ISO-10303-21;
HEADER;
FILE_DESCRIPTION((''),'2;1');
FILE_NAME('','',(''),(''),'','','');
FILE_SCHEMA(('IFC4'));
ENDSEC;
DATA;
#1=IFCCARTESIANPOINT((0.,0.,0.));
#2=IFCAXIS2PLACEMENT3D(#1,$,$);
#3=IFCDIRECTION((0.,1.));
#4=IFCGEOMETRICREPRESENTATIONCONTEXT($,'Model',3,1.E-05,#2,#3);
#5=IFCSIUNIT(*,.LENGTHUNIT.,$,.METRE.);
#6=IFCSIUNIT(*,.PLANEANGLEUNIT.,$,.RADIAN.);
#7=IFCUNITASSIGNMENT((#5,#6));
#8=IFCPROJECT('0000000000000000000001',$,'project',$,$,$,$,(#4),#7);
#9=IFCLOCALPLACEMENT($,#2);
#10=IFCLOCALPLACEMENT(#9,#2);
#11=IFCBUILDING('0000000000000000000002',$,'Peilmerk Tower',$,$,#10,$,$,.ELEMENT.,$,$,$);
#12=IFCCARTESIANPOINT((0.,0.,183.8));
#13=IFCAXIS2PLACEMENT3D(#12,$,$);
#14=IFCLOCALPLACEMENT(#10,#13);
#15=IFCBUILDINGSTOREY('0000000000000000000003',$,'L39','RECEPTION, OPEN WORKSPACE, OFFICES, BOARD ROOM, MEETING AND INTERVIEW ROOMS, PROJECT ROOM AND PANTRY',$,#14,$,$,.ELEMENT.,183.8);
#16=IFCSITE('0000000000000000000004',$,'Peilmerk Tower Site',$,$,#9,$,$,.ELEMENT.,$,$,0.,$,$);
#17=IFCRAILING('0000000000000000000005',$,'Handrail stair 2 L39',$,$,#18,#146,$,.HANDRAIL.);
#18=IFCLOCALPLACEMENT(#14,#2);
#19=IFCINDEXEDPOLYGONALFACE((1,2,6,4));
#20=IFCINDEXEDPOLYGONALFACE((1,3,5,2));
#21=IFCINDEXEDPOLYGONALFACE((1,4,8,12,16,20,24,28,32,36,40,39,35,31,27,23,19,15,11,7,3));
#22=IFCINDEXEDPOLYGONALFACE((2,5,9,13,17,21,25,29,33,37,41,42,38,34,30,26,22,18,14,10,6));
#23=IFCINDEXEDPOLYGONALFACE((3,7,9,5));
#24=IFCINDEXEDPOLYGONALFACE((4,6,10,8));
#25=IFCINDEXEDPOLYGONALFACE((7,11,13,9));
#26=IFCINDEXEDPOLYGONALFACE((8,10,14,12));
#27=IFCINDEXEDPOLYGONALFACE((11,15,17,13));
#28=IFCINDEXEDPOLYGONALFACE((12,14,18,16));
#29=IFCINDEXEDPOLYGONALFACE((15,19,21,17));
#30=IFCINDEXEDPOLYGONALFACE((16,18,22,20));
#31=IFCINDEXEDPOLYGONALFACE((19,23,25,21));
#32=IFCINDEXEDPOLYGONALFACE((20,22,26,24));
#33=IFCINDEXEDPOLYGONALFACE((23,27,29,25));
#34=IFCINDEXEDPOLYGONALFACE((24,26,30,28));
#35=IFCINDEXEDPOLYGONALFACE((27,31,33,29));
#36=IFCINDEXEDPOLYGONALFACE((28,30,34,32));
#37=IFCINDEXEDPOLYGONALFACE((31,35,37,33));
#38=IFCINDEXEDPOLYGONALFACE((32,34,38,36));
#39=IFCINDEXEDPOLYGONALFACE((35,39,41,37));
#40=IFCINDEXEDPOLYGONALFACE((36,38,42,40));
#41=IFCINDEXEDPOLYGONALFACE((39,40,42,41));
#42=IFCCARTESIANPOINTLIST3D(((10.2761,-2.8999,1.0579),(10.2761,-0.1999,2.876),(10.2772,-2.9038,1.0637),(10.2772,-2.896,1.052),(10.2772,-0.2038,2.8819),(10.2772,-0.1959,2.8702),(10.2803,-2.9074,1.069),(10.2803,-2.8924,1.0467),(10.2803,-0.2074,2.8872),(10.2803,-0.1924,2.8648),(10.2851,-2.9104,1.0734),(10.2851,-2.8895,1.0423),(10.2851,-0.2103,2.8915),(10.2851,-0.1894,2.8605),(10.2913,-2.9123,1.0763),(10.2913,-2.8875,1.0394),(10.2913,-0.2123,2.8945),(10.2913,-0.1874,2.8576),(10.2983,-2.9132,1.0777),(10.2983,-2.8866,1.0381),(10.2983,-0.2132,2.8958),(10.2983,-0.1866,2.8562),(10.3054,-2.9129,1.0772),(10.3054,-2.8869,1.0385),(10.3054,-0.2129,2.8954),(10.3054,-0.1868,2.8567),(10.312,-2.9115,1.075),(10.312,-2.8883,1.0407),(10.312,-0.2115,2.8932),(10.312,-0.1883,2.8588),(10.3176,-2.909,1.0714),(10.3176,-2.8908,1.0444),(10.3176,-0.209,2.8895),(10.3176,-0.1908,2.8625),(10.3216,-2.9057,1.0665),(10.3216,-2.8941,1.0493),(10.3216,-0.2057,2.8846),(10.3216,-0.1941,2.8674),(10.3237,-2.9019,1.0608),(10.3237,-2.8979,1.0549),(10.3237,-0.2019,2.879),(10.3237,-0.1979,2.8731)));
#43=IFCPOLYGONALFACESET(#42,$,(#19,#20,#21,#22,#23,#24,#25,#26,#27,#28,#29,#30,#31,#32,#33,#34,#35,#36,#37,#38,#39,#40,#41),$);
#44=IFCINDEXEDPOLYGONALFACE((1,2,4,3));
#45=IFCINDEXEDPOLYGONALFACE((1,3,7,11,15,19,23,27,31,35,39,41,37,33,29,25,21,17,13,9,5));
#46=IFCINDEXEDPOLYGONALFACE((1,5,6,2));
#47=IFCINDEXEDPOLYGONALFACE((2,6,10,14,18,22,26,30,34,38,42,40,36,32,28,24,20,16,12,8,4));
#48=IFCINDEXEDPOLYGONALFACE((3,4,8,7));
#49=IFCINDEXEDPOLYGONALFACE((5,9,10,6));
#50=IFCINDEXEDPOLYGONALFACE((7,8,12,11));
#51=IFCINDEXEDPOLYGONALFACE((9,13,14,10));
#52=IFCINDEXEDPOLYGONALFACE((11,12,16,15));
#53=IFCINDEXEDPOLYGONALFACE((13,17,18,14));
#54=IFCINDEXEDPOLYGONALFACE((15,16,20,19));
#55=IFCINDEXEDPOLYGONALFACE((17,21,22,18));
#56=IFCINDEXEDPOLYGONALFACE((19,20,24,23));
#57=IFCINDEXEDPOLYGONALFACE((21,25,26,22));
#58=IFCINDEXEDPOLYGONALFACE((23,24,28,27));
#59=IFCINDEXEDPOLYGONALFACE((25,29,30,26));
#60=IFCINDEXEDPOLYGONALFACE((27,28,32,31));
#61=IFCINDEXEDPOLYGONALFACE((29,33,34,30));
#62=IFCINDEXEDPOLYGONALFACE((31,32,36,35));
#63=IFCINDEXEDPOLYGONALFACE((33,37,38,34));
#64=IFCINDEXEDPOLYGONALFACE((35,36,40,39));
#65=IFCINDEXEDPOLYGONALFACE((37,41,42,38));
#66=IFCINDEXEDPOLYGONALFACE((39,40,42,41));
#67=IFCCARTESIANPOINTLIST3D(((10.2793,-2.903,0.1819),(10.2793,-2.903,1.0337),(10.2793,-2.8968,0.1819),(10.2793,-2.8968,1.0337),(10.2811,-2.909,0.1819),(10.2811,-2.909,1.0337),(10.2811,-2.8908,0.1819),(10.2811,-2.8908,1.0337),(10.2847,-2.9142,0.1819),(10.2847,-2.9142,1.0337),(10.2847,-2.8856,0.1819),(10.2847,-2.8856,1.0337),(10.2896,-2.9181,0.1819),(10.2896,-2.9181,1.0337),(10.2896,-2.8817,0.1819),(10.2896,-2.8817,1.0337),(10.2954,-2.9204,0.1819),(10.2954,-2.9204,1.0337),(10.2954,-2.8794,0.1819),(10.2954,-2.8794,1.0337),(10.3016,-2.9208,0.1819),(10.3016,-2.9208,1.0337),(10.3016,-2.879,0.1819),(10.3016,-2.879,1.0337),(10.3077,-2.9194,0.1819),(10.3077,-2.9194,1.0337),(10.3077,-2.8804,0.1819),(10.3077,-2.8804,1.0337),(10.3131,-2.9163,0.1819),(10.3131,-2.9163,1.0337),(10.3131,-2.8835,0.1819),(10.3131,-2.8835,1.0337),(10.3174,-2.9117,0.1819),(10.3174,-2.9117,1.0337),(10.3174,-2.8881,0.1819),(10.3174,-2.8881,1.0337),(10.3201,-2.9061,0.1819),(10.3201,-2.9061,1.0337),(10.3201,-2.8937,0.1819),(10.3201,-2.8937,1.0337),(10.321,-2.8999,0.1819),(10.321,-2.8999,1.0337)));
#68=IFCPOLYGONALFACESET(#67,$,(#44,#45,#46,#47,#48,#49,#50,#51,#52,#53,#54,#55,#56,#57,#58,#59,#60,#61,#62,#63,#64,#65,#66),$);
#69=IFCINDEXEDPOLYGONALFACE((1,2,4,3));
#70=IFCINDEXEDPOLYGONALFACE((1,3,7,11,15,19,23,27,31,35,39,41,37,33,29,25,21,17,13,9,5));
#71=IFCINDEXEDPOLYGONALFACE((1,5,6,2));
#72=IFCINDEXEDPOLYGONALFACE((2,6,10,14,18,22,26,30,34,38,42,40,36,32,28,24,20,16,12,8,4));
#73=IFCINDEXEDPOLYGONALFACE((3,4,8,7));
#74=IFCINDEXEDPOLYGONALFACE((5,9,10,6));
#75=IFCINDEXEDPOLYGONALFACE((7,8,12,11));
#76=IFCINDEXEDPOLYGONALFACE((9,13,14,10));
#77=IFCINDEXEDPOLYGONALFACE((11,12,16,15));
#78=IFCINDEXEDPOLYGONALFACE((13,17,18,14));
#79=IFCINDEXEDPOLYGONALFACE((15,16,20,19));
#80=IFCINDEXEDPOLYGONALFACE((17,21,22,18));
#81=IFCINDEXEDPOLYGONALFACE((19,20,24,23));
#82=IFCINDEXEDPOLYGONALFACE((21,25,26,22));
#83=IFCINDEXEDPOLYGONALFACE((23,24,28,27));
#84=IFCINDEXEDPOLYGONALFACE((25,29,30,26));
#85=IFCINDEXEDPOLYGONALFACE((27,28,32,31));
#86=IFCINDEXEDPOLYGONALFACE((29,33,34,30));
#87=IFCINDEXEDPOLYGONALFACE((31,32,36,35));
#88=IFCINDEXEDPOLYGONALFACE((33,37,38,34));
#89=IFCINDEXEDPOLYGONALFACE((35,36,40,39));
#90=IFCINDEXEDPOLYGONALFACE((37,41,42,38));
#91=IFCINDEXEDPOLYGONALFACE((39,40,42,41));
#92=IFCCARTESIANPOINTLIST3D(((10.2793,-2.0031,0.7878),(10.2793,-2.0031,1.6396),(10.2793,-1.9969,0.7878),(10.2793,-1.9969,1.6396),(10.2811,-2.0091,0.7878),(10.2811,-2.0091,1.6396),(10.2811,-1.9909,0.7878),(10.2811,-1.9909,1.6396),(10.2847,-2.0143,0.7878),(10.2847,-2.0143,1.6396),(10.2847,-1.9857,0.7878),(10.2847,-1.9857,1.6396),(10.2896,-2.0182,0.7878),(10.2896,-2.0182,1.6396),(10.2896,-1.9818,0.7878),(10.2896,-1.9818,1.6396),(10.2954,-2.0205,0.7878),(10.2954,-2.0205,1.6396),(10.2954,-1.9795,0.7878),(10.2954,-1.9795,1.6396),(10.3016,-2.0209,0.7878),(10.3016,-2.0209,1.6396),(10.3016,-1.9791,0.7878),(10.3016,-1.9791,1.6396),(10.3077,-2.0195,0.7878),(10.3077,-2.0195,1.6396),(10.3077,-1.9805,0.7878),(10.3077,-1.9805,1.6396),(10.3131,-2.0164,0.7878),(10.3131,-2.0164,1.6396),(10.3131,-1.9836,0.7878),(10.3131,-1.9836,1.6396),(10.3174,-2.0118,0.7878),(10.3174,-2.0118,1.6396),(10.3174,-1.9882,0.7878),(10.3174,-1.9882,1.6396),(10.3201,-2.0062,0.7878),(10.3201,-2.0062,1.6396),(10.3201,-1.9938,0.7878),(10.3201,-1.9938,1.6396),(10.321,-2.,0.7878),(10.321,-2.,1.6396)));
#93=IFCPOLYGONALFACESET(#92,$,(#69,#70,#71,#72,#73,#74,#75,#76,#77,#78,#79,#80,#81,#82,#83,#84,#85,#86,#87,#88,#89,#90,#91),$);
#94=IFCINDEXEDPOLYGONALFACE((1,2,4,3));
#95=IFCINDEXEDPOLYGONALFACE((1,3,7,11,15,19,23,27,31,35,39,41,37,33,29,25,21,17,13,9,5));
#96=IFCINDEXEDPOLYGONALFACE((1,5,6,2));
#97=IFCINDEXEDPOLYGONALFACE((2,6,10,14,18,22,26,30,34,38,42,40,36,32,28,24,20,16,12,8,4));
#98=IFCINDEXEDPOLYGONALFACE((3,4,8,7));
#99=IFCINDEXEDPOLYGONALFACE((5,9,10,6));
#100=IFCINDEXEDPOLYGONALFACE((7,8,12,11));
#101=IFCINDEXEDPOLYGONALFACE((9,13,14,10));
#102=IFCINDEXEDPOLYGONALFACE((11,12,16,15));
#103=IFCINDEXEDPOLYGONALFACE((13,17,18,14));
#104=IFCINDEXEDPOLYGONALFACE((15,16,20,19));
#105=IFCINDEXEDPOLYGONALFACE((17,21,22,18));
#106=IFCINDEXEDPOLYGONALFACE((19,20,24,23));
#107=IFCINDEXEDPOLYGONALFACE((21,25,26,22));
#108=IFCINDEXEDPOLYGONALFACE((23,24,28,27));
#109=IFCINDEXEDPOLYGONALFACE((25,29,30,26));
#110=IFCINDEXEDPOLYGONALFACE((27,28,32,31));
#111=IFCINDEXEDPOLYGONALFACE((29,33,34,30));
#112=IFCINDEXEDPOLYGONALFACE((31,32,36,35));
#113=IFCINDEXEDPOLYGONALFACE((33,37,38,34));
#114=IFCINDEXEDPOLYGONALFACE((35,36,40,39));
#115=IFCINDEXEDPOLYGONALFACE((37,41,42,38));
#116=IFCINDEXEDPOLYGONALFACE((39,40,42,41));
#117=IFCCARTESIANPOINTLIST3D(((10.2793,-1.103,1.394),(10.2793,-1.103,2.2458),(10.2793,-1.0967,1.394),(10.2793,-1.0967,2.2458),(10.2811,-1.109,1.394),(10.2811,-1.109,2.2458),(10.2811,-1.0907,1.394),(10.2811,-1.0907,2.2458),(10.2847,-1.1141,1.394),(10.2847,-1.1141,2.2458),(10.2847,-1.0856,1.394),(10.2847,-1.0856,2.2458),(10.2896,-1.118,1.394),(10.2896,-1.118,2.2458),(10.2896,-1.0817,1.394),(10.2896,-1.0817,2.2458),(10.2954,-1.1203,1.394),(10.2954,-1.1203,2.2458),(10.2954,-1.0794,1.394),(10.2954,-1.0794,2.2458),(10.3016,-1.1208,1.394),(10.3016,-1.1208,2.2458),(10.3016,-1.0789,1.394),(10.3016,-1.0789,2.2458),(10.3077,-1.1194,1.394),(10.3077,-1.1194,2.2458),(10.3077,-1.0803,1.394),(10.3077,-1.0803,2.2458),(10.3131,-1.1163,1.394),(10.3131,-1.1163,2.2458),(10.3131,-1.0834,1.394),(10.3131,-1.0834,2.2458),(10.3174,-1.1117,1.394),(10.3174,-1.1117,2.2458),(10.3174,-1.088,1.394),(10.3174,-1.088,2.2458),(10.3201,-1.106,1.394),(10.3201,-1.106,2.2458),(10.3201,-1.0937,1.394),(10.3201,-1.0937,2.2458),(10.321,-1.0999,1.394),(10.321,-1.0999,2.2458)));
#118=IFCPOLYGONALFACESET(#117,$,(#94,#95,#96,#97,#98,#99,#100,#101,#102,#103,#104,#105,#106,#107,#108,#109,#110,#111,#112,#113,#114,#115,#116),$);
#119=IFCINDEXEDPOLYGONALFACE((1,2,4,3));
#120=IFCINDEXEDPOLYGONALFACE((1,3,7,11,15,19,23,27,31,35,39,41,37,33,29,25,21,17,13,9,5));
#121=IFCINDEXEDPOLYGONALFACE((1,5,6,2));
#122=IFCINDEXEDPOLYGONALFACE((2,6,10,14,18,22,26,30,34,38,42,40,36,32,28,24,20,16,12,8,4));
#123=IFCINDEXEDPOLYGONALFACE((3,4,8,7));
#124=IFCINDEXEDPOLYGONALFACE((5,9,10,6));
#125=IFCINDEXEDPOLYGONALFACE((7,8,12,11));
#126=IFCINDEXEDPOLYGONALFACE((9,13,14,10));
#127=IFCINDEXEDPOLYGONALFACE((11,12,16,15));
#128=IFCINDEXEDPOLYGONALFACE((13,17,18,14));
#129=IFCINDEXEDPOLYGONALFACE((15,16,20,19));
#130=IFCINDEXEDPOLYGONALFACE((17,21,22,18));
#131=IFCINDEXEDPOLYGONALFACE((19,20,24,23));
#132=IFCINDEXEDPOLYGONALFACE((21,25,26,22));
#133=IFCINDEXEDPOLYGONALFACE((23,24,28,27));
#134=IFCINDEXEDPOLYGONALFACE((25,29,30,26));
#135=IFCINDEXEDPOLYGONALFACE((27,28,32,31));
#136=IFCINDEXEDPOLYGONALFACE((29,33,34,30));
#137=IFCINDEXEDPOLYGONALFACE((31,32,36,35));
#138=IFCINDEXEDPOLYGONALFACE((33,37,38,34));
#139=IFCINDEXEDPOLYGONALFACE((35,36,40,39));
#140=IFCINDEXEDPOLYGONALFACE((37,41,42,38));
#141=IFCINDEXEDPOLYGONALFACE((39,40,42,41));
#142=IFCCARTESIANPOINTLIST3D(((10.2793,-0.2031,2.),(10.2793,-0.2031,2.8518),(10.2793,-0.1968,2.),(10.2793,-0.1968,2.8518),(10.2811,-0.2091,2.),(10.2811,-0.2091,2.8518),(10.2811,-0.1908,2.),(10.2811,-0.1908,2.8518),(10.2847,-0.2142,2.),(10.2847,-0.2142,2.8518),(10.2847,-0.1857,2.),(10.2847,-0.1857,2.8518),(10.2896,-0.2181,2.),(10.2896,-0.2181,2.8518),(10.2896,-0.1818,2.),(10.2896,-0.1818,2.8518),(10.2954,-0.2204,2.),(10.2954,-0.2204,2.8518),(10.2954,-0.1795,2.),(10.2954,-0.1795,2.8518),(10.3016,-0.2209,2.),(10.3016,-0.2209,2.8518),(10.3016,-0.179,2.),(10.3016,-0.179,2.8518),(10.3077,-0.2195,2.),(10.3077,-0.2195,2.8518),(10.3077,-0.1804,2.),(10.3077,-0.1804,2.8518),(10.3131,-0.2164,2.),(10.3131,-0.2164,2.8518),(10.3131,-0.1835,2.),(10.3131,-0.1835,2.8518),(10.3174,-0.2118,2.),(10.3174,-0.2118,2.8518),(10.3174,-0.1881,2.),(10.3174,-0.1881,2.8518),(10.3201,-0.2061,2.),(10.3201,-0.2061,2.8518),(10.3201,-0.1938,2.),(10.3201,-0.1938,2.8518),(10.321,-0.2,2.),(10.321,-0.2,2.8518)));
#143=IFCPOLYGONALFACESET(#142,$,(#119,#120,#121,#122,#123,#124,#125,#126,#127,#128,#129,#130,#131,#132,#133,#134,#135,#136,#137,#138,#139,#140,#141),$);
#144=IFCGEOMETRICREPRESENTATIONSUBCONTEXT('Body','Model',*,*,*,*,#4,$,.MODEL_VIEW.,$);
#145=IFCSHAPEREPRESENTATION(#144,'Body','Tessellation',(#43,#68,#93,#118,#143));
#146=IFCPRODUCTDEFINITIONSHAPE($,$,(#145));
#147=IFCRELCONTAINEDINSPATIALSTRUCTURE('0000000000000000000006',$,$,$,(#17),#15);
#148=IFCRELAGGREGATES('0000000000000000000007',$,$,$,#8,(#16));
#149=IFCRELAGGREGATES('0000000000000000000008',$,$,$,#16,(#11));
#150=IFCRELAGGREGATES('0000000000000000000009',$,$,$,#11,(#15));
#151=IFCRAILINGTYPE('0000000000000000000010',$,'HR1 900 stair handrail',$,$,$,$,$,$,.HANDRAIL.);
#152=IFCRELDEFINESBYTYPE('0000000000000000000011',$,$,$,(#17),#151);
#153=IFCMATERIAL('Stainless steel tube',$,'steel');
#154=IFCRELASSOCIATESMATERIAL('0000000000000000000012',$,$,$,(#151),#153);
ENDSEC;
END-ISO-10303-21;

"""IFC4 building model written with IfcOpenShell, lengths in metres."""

from ifc_helpers import new_model, si_unit, direction, frame, origin, origin_2d, place, context, subcontext, project, spatial, circle, extrude, material, type_object, element, save


model = new_model("IFC4")

# Units and contexts
model_context = context("Model", 3, precision=1e-05, world=origin(), true_north=direction((0.0, 1.0)))
body_context = subcontext(model_context, "Body", "Model", "MODEL_VIEW")
ifc_project = project(units=[si_unit("LENGTHUNIT", "METRE"), si_unit("PLANEANGLEUNIT", "RADIAN")], contexts=[model_context])

# Site, building, storey
site_placement = place(None, origin())
site = spatial("IfcSite", under=ifc_project, at=site_placement, Name="Peilmerk Tower Site", CompositionType="ELEMENT", RefElevation=0.0)
building_placement = place(site_placement, origin())
building = spatial("IfcBuilding", under=site, at=building_placement, Name="Peilmerk Tower", CompositionType="ELEMENT")
storey_placement = place(building_placement, frame((0.0, 0.0, 183.8)))
storey = spatial("IfcBuildingStorey", under=building, at=storey_placement, Name="L39", Description="RECEPTION, OPEN WORKSPACE, OFFICES, BOARD ROOM, MEETING AND INTERVIEW ROOMS, PROJECT ROOM AND PANTRY", CompositionType="ELEMENT", Elevation=183.8)

# Railing
ifc_material_1 = material(Name="Stainless steel tube", Category="steel")
railing_type_1 = type_object("IfcRailingType", Name="HR1 900 stair handrail", PredefinedType="HANDRAIL", material=ifc_material_1)
railing_1_placement = place(storey_placement, frame((10.3, -2.8999, 0.1819)))
element("IfcRailing", 1, at=railing_1_placement, inside=storey, type_object=railing_type_1, Name="Handrail stair 2 L39", PredefinedType="HANDRAIL", context=body_context, shape_type="SweptSolid", body=[
    extrude(circle(Radius=0.0239, at=origin_2d()), frame((0.0, 0.0, 0.876), z_axis=(0.0, 0.829468, 0.558554), x_axis=(-1.0, 0.0, 0.0)), (0.0, 0.0, 1.0), 3.2551),
    extrude(circle(Radius=0.021, at=origin_2d()), origin(), (0.0, 0.0, 1.0), 0.8518),
    extrude(circle(Radius=0.021, at=origin_2d()), frame((0.0, 0.8999, 0.606)), (0.0, 0.0, 1.0), 0.8518),
    extrude(circle(Radius=0.021, at=origin_2d()), frame((0.0, 1.8, 1.2122)), (0.0, 0.0, 1.0), 0.8518),
    extrude(circle(Radius=0.021, at=origin_2d()), frame((0.0, 2.7, 1.8181)), (0.0, 0.0, 1.0), 0.8518),
])

save(model, "model.ifc")
